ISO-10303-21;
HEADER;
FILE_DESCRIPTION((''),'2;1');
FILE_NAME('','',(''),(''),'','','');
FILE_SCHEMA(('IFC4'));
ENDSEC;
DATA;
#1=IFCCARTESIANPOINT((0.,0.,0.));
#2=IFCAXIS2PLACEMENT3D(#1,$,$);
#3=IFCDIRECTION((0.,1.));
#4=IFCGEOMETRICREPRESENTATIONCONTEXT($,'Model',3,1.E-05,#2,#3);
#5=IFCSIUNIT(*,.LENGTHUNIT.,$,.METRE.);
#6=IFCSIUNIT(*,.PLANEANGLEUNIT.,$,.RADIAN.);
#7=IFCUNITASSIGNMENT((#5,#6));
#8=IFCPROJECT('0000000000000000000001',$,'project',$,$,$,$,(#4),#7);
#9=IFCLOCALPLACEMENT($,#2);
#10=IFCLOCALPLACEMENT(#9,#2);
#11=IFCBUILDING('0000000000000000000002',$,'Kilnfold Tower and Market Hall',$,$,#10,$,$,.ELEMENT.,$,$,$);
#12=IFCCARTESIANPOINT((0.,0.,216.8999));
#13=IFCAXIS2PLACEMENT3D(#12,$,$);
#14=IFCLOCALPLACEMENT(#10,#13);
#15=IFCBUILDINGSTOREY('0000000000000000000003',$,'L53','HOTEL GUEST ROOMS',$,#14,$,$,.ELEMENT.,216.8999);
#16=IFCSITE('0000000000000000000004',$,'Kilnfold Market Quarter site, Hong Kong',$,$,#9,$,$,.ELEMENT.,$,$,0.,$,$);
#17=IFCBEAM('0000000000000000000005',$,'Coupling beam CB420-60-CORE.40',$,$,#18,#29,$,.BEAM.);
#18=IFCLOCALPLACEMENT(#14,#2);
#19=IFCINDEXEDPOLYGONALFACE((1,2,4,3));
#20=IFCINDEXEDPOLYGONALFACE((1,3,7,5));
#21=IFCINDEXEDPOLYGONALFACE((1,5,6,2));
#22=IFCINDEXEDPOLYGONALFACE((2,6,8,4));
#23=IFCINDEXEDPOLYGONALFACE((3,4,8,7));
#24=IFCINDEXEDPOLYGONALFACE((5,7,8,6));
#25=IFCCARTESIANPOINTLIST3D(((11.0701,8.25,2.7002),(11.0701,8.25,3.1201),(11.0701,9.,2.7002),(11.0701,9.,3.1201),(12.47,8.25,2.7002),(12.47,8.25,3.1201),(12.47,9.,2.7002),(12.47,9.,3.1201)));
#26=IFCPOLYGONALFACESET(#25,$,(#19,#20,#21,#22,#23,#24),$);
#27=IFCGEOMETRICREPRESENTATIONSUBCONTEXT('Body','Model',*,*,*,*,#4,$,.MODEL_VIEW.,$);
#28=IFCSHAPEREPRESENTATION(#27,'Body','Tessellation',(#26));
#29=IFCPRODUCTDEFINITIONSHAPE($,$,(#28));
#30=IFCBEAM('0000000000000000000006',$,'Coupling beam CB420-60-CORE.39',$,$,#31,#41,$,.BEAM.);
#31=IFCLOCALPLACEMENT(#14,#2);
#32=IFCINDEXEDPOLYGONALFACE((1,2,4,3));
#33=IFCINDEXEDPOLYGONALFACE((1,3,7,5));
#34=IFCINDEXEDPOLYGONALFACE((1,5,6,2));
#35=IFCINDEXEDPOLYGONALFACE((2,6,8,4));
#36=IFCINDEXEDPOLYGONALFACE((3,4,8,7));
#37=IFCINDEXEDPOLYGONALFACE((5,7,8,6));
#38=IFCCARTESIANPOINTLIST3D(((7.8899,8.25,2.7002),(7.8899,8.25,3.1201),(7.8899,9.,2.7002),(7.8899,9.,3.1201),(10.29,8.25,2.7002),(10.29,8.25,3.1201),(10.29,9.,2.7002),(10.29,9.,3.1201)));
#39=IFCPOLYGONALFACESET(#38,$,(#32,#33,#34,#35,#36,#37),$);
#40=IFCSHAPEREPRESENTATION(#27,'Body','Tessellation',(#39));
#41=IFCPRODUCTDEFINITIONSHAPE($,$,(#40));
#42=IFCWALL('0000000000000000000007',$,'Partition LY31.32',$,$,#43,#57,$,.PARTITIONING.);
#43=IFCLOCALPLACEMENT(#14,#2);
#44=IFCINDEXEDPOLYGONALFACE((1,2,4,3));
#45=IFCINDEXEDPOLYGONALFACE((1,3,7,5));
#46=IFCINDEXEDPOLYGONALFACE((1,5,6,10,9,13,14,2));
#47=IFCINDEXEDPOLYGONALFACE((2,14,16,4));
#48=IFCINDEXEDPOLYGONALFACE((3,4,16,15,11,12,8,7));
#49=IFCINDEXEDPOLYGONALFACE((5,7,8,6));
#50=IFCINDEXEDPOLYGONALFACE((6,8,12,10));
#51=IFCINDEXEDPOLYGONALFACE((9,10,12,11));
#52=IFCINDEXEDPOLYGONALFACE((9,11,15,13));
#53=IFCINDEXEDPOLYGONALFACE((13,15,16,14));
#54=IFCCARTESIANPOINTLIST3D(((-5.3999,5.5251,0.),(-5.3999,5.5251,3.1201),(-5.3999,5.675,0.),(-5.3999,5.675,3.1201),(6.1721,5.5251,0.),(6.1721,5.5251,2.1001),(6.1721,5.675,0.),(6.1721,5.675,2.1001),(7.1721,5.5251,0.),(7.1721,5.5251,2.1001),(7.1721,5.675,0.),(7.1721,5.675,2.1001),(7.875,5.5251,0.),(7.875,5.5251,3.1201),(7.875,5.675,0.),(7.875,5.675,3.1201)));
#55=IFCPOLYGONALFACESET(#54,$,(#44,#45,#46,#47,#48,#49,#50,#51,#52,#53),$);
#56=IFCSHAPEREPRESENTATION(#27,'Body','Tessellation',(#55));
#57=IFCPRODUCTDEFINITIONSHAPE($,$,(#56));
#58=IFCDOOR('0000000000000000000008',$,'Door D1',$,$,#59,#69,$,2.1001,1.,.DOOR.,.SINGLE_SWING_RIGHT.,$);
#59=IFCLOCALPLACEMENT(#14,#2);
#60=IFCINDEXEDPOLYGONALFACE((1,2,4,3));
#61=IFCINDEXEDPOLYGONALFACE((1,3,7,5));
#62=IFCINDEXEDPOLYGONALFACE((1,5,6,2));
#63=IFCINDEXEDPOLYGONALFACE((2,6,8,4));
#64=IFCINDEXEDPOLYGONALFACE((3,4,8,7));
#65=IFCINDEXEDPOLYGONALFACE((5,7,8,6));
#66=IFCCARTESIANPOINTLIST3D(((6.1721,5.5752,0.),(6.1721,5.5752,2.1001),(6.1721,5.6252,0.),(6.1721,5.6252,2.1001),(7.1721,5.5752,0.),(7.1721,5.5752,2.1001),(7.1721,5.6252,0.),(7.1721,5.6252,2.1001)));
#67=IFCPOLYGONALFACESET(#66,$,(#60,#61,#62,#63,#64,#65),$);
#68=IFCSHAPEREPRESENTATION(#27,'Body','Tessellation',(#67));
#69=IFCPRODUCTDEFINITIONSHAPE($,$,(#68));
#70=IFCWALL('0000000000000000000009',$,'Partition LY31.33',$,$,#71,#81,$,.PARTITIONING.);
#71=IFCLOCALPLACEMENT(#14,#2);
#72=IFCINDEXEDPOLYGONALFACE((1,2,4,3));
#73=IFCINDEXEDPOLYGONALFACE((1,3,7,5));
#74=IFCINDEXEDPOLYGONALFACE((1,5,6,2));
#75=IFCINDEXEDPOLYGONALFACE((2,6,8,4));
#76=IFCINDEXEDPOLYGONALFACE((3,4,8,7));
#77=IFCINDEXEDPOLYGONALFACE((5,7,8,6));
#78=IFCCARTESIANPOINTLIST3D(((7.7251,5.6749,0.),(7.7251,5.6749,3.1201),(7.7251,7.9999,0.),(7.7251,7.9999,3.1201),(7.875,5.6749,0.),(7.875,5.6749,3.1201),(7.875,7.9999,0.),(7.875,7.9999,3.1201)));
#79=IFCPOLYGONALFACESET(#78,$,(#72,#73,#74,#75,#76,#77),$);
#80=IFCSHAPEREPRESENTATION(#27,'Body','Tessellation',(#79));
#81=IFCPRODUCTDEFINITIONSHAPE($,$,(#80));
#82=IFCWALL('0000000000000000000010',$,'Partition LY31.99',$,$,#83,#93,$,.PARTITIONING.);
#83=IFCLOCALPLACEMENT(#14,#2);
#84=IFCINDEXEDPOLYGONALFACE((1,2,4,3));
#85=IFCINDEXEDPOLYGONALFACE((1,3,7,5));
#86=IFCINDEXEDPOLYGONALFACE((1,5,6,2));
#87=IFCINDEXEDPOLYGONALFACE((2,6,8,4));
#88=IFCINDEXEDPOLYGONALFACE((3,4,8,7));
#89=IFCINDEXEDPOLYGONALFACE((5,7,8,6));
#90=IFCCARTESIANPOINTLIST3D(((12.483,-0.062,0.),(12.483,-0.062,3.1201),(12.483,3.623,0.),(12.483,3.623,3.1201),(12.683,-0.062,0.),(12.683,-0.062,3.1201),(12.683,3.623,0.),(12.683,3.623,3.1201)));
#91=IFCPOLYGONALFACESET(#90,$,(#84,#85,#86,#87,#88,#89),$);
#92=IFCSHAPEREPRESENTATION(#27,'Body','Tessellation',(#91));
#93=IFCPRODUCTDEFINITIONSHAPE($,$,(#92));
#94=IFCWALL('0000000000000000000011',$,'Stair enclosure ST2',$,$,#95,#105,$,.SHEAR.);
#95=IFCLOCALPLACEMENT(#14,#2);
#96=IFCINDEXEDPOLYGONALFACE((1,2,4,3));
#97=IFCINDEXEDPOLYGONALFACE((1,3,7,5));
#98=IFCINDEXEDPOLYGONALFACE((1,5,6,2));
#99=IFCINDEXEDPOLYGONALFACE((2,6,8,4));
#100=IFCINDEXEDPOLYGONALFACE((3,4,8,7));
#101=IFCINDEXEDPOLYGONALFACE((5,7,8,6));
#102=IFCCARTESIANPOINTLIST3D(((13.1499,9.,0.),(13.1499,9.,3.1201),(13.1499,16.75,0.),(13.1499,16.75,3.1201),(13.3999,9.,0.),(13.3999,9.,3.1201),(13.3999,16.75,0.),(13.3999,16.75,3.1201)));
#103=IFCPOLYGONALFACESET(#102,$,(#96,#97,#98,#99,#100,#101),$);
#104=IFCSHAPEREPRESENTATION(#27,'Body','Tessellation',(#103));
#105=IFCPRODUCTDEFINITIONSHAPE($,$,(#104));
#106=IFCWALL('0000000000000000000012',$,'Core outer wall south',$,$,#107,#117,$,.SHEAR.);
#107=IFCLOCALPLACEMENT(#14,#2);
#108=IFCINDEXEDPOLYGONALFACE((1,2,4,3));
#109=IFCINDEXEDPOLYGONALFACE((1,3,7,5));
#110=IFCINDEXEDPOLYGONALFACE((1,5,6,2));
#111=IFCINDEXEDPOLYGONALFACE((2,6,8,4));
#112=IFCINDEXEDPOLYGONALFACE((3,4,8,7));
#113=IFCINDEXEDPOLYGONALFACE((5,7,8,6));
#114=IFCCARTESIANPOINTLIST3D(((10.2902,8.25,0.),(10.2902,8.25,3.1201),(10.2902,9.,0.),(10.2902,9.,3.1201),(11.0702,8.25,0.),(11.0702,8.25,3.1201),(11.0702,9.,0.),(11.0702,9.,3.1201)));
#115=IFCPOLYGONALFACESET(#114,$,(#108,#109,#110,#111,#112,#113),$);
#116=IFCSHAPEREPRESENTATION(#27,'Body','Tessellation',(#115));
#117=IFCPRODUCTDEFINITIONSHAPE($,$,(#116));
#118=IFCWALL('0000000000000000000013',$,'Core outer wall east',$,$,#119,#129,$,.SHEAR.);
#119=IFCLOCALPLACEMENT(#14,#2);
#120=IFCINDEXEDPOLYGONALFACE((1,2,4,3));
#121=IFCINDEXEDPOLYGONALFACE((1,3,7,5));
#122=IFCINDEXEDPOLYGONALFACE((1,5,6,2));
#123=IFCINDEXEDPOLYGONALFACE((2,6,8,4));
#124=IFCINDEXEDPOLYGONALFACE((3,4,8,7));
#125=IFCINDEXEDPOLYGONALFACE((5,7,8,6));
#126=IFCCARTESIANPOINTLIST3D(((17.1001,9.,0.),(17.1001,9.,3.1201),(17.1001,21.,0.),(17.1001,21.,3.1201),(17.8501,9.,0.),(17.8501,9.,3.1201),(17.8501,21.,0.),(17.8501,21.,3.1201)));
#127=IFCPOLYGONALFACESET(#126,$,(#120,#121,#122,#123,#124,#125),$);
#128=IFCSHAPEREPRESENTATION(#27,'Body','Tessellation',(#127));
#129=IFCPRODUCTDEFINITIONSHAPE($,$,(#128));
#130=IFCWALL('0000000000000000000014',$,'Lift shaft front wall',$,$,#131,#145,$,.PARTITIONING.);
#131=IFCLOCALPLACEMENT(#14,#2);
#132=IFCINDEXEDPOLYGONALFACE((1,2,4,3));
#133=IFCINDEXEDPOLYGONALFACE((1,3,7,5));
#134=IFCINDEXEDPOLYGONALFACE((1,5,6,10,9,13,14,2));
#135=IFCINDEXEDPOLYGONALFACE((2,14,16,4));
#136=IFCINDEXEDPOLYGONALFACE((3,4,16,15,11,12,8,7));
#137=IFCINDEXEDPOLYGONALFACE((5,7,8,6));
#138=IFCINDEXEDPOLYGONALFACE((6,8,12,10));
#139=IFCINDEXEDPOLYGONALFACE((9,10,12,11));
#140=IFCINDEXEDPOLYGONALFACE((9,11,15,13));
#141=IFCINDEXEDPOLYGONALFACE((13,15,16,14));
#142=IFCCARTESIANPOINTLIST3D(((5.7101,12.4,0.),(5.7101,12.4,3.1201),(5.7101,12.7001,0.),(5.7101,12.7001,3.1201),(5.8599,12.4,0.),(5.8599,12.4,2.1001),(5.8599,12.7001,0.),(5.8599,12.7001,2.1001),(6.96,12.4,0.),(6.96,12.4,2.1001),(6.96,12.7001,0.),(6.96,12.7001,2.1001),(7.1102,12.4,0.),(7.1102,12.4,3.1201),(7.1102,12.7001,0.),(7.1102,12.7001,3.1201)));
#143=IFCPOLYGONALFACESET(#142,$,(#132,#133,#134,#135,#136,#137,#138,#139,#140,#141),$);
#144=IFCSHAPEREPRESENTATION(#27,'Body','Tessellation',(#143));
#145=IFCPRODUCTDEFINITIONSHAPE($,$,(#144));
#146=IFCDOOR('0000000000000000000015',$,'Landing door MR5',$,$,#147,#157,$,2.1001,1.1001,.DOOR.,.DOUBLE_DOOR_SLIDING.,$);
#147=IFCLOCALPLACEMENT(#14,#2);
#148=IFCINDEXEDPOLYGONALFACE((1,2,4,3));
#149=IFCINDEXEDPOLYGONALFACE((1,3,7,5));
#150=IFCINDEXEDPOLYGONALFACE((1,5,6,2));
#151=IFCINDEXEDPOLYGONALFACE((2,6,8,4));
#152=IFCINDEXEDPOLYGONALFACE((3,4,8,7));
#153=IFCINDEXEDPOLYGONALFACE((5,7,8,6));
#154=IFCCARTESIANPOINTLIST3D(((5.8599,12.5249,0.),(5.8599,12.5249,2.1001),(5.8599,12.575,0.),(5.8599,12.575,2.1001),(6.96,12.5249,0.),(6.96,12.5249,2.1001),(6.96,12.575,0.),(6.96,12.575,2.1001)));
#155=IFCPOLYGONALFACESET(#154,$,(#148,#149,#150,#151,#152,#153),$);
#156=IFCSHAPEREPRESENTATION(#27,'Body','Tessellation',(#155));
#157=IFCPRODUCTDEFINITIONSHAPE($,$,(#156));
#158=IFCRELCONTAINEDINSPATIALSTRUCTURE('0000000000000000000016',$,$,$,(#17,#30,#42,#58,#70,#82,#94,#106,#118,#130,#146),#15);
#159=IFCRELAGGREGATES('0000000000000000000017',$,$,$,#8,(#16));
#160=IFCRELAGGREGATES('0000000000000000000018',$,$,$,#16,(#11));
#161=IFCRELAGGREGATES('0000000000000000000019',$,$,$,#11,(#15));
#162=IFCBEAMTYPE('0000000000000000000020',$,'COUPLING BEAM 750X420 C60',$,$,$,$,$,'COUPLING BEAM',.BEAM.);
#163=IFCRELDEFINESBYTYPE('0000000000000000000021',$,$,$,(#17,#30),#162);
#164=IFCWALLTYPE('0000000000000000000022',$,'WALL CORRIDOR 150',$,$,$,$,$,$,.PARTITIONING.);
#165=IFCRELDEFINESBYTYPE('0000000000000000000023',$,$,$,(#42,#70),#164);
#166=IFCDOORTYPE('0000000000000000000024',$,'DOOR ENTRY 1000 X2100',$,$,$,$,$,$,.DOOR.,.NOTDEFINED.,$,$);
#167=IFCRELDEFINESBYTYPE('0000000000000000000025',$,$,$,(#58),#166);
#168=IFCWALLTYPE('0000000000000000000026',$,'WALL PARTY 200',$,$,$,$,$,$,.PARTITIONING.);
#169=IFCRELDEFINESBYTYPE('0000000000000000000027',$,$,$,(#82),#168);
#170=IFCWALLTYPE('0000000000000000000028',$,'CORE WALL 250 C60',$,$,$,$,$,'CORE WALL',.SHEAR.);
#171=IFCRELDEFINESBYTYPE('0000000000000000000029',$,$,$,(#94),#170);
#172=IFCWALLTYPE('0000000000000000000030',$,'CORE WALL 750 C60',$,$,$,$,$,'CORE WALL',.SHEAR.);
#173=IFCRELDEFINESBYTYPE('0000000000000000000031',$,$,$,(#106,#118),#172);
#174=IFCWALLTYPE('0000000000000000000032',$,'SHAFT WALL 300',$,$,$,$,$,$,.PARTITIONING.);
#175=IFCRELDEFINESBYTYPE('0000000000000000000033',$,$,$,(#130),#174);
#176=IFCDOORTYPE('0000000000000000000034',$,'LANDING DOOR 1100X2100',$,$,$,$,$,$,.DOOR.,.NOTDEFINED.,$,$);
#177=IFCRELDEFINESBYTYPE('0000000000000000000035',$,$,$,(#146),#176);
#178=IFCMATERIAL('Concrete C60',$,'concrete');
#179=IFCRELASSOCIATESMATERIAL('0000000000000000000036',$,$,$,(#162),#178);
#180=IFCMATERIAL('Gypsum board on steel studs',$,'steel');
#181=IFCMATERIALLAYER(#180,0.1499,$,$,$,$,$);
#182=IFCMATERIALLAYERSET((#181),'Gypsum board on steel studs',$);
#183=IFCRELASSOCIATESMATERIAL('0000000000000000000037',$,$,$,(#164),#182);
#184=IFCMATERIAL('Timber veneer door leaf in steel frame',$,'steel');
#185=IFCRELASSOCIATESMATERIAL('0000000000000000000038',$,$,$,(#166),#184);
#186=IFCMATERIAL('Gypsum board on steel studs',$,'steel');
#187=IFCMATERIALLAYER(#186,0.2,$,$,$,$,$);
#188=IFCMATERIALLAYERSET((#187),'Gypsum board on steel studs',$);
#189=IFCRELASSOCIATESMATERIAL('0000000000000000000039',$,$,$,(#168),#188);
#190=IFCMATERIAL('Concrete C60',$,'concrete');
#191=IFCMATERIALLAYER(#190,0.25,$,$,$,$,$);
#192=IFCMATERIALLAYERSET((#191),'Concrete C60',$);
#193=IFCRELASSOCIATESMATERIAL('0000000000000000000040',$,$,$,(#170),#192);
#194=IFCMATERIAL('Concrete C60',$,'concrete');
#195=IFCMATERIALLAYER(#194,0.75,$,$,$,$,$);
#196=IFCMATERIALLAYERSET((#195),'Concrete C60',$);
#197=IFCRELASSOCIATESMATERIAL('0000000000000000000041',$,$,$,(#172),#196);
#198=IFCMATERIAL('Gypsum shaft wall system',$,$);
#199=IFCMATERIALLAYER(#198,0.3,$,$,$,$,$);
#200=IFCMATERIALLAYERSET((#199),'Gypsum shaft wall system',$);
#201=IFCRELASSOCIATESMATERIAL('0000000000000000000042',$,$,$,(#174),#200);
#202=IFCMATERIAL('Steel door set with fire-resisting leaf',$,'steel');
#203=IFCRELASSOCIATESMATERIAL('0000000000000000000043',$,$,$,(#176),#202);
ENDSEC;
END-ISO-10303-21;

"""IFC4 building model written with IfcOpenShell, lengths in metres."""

from ifc_helpers import new_model, si_unit, direction, frame, frame_2d, origin, origin_2d, place, context, subcontext, project, spatial, rectangle, extrude, source, transform, mapped, material, layer, layer_set, material_profile, profile_set, type_object, element, fill, save


model = new_model("IFC4")

# Units and contexts
model_context = context("Model", 3, precision=1e-05, world=origin(), true_north=direction((0.0, 1.0)))
body_context = subcontext(model_context, "Body", "Model", "MODEL_VIEW")
ifc_project = project(units=[si_unit("LENGTHUNIT", "METRE"), si_unit("PLANEANGLEUNIT", "RADIAN")], contexts=[model_context])

# Site, building, storey
site_placement = place(None, origin())
site = spatial("IfcSite", under=ifc_project, at=site_placement, Name="Kilnfold Market Quarter site, Hong Kong", CompositionType="ELEMENT", RefElevation=0.0)
building_placement = place(site_placement, origin())
building = spatial("IfcBuilding", under=site, at=building_placement, Name="Kilnfold Tower and Market Hall", CompositionType="ELEMENT")
storey_placement = place(building_placement, frame((0.0, 0.0, 216.8999)))
storey = spatial("IfcBuildingStorey", under=building, at=storey_placement, Name="L53", Description="HOTEL GUEST ROOMS", CompositionType="ELEMENT", Elevation=216.8999)

# Beams
ifc_material_1 = material(Name="Concrete C60", Category="concrete")
ifc_material_profile = material_profile(ifc_material_1, rectangle(XDim=0.75, YDim=0.4199, at=origin_2d()), Name="RC 750x420")
ifc_profile_set = profile_set([ifc_material_profile], Name="Concrete C60")
beam_type = type_object("IfcBeamType", Name="COUPLING BEAM 750X420 C60", ElementType="COUPLING BEAM", PredefinedType="BEAM", material=ifc_profile_set)
shared_shape_1 = source(origin(), body_context, "Body", "SweptSolid", [
    extrude(rectangle(XDim=0.75, YDim=0.4199, at=origin_2d()), origin(), (0.0, 0.0, 1.0), 1.3999),
])
beam_1_placement = place(storey_placement, frame((11.0701, 8.625, 2.9102), z_axis=(1.0, 0.0, 0.0), x_axis=(0.0, 1.0, 0.0)))
element("IfcBeam", 1, at=beam_1_placement, inside=storey, type_object=beam_type, Name="Coupling beam CB420-60-CORE.40", PredefinedType="BEAM", context=body_context, shape_type="MappedRepresentation", body=[
    mapped(shared_shape_1, transform((0.0, 0.0, 0.0))),
])
shared_shape_2 = source(origin(), body_context, "Body", "SweptSolid", [
    extrude(rectangle(XDim=0.75, YDim=0.4199, at=origin_2d()), origin(), (0.0, 0.0, 1.0), 2.4001),
])
beam_2_placement = place(storey_placement, frame((7.8899, 8.625, 2.9102), z_axis=(1.0, 0.0, 0.0), x_axis=(0.0, 1.0, 0.0)))
element("IfcBeam", 2, at=beam_2_placement, inside=storey, type_object=beam_type, Name="Coupling beam CB420-60-CORE.39", PredefinedType="BEAM", context=body_context, shape_type="MappedRepresentation", body=[
    mapped(shared_shape_2, transform((0.0, 0.0, 0.0))),
])

# Wall, opening, door
ifc_material_2 = material(Name="Gypsum board on steel studs", Category="steel")
ifc_layer_1 = layer(ifc_material_2, 0.1499)
ifc_layer_set_1 = layer_set([ifc_layer_1], Name="Gypsum board on steel studs")
wall_type_1 = type_object("IfcWallType", Name="WALL CORRIDOR 150", PredefinedType="PARTITIONING", material=ifc_layer_set_1)
wall_1_placement = place(storey_placement, frame((7.875, 5.6001, 0.0), z_axis=(0.0, 0.0, 1.0), x_axis=(-1.0, 0.0, 0.0)))
wall_1 = element("IfcWall", 3, at=wall_1_placement, inside=storey, type_object=wall_type_1, Name="Partition LY31.32", PredefinedType="PARTITIONING", context=body_context, shape_type="SweptSolid", body=[
    extrude(rectangle(XDim=13.2749, YDim=0.1499, at=frame_2d((6.6375, 0.0))), origin(), (0.0, 0.0, 1.0), 3.1201),
])
opening_1_placement = place(wall_1_placement, frame((0.7029, 0.0, 0.0)))
opening_1 = element("IfcOpeningElement", 4, at=opening_1_placement, cuts=wall_1, PredefinedType="OPENING", context=body_context, shape_type="SweptSolid", body=[
    extrude(rectangle(XDim=1.0, YDim=2.1001, at=frame_2d((0.5, 1.05))), frame((0.0, 0.085, 0.0), z_axis=(0.0, -1.0, 0.0), x_axis=(1.0, 0.0, 0.0)), (0.0, 0.0, 1.0), 0.1699),
])
ifc_material_3 = material(Name="Timber veneer door leaf in steel frame", Category="steel")
door_type_1 = type_object("IfcDoorType", Name="DOOR ENTRY 1000 X2100", OperationType="NOTDEFINED", PredefinedType="DOOR", material=ifc_material_3)
door_1_placement = place(opening_1_placement, origin())
door_1 = element("IfcDoor", 5, at=door_1_placement, inside=storey, type_object=door_type_1, Name="Door D1", OperationType="SINGLE_SWING_RIGHT", OverallHeight=2.1001, OverallWidth=1.0, PredefinedType="DOOR", context=body_context, shape_type="SweptSolid", body=[
    extrude(rectangle(XDim=1.0, YDim=2.1001, at=frame_2d((0.5, 1.05))), frame((0.0, 0.0249, 0.0), z_axis=(0.0, -1.0, 0.0), x_axis=(1.0, 0.0, 0.0)), (0.0, 0.0, 1.0), 0.05),
])
fill(opening_1, door_1)

# Walls
wall_2_placement = place(storey_placement, frame((7.8, 8.0, 0.0), z_axis=(0.0, 0.0, 1.0), x_axis=(0.0, -1.0, 0.0)))
element("IfcWall", 6, at=wall_2_placement, inside=storey, type_object=wall_type_1, Name="Partition LY31.33", PredefinedType="PARTITIONING", context=body_context, shape_type="SweptSolid", body=[
    extrude(rectangle(XDim=2.325, YDim=0.1499, at=frame_2d((1.1626, 0.0))), origin(), (0.0, 0.0, 1.0), 3.1201),
])
ifc_material_4 = material(Name="Gypsum board on steel studs", Category="steel")
ifc_layer_2 = layer(ifc_material_4, 0.2)
ifc_layer_set_2 = layer_set([ifc_layer_2], Name="Gypsum board on steel studs")
wall_type_2 = type_object("IfcWallType", Name="WALL PARTY 200", PredefinedType="PARTITIONING", material=ifc_layer_set_2)
wall_3_placement = place(storey_placement, frame((12.583, -0.062, 0.0), z_axis=(0.0, 0.0, 1.0), x_axis=(0.0, 1.0, 0.0)))
element("IfcWall", 7, at=wall_3_placement, inside=storey, type_object=wall_type_2, Name="Partition LY31.99", PredefinedType="PARTITIONING", context=body_context, shape_type="SweptSolid", body=[
    extrude(rectangle(XDim=3.6851, YDim=0.2, at=frame_2d((1.8425, 0.0))), origin(), (0.0, 0.0, 1.0), 3.1201),
])
ifc_material_5 = material(Name="Concrete C60", Category="concrete")
ifc_layer_3 = layer(ifc_material_5, 0.25)
ifc_layer_set_3 = layer_set([ifc_layer_3], Name="Concrete C60")
wall_type_3 = type_object("IfcWallType", Name="CORE WALL 250 C60", ElementType="CORE WALL", PredefinedType="SHEAR", material=ifc_layer_set_3)
shared_shape_3 = source(origin(), body_context, "Body", "SweptSolid", [
    extrude(rectangle(XDim=7.75, YDim=0.25, at=frame_2d((3.875, 0.0))), origin(), (0.0, 0.0, 1.0), 3.1201),
])
wall_4_placement = place(storey_placement, frame((13.2749, 9.0, 0.0), z_axis=(0.0, 0.0, 1.0), x_axis=(0.0, 1.0, 0.0)))
element("IfcWall", 8, at=wall_4_placement, inside=storey, type_object=wall_type_3, Name="Stair enclosure ST2", PredefinedType="SHEAR", context=body_context, shape_type="MappedRepresentation", body=[
    mapped(shared_shape_3, transform((0.0, 0.0, 0.0))),
])
ifc_material_6 = material(Name="Concrete C60", Category="concrete")
ifc_layer_4 = layer(ifc_material_6, 0.75)
ifc_layer_set_4 = layer_set([ifc_layer_4], Name="Concrete C60")
wall_type_4 = type_object("IfcWallType", Name="CORE WALL 750 C60", ElementType="CORE WALL", PredefinedType="SHEAR", material=ifc_layer_set_4)
shared_shape_4 = source(origin(), body_context, "Body", "SweptSolid", [
    extrude(rectangle(XDim=0.78, YDim=0.75, at=frame_2d((0.3901, 0.0))), origin(), (0.0, 0.0, 1.0), 3.1201),
])
wall_5_placement = place(storey_placement, frame((10.29, 8.625, 0.0), z_axis=(0.0, 0.0, 1.0), x_axis=(1.0, 0.0, 0.0)))
element("IfcWall", 9, at=wall_5_placement, inside=storey, type_object=wall_type_4, Name="Core outer wall south", PredefinedType="SHEAR", context=body_context, shape_type="MappedRepresentation", body=[
    mapped(shared_shape_4, transform((0.0, 0.0, 0.0))),
])

# Wall
shared_shape_5 = source(origin(), body_context, "Body", "SweptSolid", [
    extrude(rectangle(XDim=12.0, YDim=0.75, at=frame_2d((6.0, 0.0))), origin(), (0.0, 0.0, 1.0), 3.1201),
])
wall_6_placement = place(storey_placement, frame((17.4751, 9.0, 0.0), z_axis=(0.0, 0.0, 1.0), x_axis=(0.0, 1.0, 0.0)))
element("IfcWall", 10, at=wall_6_placement, inside=storey, type_object=wall_type_4, Name="Core outer wall east", PredefinedType="SHEAR", context=body_context, shape_type="MappedRepresentation", body=[
    mapped(shared_shape_5, transform((0.0, 0.0, 0.0))),
])

# Wall, opening, door
ifc_material_7 = material(Name="Gypsum shaft wall system")
ifc_layer_5 = layer(ifc_material_7, 0.3)
ifc_layer_set_5 = layer_set([ifc_layer_5], Name="Gypsum shaft wall system")
wall_type_5 = type_object("IfcWallType", Name="SHAFT WALL 300", PredefinedType="PARTITIONING", material=ifc_layer_set_5)
shared_shape_6 = source(origin(), body_context, "Body", "SweptSolid", [
    extrude(rectangle(XDim=1.4001, YDim=0.3, at=frame_2d((0.7002, 0.0))), origin(), (0.0, 0.0, 1.0), 3.1201),
])
wall_7_placement = place(storey_placement, frame((5.71, 12.55, 0.0), z_axis=(0.0, 0.0, 1.0), x_axis=(1.0, 0.0, 0.0)))
wall_7 = element("IfcWall", 11, at=wall_7_placement, inside=storey, type_object=wall_type_5, Name="Lift shaft front wall", PredefinedType="PARTITIONING", context=body_context, shape_type="MappedRepresentation", body=[
    mapped(shared_shape_6, transform((0.0, 0.0, 0.0))),
])
opening_2_placement = place(wall_7_placement, frame((0.1499, 0.0, 0.0)))
opening_2 = element("IfcOpeningElement", 12, at=opening_2_placement, cuts=wall_7, PredefinedType="OPENING", context=body_context, shape_type="SweptSolid", body=[
    extrude(rectangle(XDim=1.1001, YDim=2.1001, at=frame_2d((0.55, 1.05))), frame((0.0, 0.1602, 0.0), z_axis=(0.0, -1.0, 0.0), x_axis=(1.0, 0.0, 0.0)), (0.0, 0.0, 1.0), 0.3201),
])
ifc_material_8 = material(Name="Steel door set with fire-resisting leaf", Category="steel")
door_type_2 = type_object("IfcDoorType", Name="LANDING DOOR 1100X2100", OperationType="NOTDEFINED", PredefinedType="DOOR", material=ifc_material_8)
door_2_placement = place(opening_2_placement, origin())
door_2 = element("IfcDoor", 13, at=door_2_placement, inside=storey, type_object=door_type_2, Name="Landing door MR5", OperationType="DOUBLE_DOOR_SLIDING", OverallHeight=2.1001, OverallWidth=1.1001, PredefinedType="DOOR", context=body_context, shape_type="SweptSolid", body=[
    extrude(rectangle(XDim=1.1001, YDim=2.1001, at=frame_2d((0.55, 1.05))), frame((0.0, 0.0249, 0.0), z_axis=(0.0, -1.0, 0.0), x_axis=(1.0, 0.0, 0.0)), (0.0, 0.0, 1.0), 0.05),
])
fill(opening_2, door_2)

save(model, "model.ifc")
